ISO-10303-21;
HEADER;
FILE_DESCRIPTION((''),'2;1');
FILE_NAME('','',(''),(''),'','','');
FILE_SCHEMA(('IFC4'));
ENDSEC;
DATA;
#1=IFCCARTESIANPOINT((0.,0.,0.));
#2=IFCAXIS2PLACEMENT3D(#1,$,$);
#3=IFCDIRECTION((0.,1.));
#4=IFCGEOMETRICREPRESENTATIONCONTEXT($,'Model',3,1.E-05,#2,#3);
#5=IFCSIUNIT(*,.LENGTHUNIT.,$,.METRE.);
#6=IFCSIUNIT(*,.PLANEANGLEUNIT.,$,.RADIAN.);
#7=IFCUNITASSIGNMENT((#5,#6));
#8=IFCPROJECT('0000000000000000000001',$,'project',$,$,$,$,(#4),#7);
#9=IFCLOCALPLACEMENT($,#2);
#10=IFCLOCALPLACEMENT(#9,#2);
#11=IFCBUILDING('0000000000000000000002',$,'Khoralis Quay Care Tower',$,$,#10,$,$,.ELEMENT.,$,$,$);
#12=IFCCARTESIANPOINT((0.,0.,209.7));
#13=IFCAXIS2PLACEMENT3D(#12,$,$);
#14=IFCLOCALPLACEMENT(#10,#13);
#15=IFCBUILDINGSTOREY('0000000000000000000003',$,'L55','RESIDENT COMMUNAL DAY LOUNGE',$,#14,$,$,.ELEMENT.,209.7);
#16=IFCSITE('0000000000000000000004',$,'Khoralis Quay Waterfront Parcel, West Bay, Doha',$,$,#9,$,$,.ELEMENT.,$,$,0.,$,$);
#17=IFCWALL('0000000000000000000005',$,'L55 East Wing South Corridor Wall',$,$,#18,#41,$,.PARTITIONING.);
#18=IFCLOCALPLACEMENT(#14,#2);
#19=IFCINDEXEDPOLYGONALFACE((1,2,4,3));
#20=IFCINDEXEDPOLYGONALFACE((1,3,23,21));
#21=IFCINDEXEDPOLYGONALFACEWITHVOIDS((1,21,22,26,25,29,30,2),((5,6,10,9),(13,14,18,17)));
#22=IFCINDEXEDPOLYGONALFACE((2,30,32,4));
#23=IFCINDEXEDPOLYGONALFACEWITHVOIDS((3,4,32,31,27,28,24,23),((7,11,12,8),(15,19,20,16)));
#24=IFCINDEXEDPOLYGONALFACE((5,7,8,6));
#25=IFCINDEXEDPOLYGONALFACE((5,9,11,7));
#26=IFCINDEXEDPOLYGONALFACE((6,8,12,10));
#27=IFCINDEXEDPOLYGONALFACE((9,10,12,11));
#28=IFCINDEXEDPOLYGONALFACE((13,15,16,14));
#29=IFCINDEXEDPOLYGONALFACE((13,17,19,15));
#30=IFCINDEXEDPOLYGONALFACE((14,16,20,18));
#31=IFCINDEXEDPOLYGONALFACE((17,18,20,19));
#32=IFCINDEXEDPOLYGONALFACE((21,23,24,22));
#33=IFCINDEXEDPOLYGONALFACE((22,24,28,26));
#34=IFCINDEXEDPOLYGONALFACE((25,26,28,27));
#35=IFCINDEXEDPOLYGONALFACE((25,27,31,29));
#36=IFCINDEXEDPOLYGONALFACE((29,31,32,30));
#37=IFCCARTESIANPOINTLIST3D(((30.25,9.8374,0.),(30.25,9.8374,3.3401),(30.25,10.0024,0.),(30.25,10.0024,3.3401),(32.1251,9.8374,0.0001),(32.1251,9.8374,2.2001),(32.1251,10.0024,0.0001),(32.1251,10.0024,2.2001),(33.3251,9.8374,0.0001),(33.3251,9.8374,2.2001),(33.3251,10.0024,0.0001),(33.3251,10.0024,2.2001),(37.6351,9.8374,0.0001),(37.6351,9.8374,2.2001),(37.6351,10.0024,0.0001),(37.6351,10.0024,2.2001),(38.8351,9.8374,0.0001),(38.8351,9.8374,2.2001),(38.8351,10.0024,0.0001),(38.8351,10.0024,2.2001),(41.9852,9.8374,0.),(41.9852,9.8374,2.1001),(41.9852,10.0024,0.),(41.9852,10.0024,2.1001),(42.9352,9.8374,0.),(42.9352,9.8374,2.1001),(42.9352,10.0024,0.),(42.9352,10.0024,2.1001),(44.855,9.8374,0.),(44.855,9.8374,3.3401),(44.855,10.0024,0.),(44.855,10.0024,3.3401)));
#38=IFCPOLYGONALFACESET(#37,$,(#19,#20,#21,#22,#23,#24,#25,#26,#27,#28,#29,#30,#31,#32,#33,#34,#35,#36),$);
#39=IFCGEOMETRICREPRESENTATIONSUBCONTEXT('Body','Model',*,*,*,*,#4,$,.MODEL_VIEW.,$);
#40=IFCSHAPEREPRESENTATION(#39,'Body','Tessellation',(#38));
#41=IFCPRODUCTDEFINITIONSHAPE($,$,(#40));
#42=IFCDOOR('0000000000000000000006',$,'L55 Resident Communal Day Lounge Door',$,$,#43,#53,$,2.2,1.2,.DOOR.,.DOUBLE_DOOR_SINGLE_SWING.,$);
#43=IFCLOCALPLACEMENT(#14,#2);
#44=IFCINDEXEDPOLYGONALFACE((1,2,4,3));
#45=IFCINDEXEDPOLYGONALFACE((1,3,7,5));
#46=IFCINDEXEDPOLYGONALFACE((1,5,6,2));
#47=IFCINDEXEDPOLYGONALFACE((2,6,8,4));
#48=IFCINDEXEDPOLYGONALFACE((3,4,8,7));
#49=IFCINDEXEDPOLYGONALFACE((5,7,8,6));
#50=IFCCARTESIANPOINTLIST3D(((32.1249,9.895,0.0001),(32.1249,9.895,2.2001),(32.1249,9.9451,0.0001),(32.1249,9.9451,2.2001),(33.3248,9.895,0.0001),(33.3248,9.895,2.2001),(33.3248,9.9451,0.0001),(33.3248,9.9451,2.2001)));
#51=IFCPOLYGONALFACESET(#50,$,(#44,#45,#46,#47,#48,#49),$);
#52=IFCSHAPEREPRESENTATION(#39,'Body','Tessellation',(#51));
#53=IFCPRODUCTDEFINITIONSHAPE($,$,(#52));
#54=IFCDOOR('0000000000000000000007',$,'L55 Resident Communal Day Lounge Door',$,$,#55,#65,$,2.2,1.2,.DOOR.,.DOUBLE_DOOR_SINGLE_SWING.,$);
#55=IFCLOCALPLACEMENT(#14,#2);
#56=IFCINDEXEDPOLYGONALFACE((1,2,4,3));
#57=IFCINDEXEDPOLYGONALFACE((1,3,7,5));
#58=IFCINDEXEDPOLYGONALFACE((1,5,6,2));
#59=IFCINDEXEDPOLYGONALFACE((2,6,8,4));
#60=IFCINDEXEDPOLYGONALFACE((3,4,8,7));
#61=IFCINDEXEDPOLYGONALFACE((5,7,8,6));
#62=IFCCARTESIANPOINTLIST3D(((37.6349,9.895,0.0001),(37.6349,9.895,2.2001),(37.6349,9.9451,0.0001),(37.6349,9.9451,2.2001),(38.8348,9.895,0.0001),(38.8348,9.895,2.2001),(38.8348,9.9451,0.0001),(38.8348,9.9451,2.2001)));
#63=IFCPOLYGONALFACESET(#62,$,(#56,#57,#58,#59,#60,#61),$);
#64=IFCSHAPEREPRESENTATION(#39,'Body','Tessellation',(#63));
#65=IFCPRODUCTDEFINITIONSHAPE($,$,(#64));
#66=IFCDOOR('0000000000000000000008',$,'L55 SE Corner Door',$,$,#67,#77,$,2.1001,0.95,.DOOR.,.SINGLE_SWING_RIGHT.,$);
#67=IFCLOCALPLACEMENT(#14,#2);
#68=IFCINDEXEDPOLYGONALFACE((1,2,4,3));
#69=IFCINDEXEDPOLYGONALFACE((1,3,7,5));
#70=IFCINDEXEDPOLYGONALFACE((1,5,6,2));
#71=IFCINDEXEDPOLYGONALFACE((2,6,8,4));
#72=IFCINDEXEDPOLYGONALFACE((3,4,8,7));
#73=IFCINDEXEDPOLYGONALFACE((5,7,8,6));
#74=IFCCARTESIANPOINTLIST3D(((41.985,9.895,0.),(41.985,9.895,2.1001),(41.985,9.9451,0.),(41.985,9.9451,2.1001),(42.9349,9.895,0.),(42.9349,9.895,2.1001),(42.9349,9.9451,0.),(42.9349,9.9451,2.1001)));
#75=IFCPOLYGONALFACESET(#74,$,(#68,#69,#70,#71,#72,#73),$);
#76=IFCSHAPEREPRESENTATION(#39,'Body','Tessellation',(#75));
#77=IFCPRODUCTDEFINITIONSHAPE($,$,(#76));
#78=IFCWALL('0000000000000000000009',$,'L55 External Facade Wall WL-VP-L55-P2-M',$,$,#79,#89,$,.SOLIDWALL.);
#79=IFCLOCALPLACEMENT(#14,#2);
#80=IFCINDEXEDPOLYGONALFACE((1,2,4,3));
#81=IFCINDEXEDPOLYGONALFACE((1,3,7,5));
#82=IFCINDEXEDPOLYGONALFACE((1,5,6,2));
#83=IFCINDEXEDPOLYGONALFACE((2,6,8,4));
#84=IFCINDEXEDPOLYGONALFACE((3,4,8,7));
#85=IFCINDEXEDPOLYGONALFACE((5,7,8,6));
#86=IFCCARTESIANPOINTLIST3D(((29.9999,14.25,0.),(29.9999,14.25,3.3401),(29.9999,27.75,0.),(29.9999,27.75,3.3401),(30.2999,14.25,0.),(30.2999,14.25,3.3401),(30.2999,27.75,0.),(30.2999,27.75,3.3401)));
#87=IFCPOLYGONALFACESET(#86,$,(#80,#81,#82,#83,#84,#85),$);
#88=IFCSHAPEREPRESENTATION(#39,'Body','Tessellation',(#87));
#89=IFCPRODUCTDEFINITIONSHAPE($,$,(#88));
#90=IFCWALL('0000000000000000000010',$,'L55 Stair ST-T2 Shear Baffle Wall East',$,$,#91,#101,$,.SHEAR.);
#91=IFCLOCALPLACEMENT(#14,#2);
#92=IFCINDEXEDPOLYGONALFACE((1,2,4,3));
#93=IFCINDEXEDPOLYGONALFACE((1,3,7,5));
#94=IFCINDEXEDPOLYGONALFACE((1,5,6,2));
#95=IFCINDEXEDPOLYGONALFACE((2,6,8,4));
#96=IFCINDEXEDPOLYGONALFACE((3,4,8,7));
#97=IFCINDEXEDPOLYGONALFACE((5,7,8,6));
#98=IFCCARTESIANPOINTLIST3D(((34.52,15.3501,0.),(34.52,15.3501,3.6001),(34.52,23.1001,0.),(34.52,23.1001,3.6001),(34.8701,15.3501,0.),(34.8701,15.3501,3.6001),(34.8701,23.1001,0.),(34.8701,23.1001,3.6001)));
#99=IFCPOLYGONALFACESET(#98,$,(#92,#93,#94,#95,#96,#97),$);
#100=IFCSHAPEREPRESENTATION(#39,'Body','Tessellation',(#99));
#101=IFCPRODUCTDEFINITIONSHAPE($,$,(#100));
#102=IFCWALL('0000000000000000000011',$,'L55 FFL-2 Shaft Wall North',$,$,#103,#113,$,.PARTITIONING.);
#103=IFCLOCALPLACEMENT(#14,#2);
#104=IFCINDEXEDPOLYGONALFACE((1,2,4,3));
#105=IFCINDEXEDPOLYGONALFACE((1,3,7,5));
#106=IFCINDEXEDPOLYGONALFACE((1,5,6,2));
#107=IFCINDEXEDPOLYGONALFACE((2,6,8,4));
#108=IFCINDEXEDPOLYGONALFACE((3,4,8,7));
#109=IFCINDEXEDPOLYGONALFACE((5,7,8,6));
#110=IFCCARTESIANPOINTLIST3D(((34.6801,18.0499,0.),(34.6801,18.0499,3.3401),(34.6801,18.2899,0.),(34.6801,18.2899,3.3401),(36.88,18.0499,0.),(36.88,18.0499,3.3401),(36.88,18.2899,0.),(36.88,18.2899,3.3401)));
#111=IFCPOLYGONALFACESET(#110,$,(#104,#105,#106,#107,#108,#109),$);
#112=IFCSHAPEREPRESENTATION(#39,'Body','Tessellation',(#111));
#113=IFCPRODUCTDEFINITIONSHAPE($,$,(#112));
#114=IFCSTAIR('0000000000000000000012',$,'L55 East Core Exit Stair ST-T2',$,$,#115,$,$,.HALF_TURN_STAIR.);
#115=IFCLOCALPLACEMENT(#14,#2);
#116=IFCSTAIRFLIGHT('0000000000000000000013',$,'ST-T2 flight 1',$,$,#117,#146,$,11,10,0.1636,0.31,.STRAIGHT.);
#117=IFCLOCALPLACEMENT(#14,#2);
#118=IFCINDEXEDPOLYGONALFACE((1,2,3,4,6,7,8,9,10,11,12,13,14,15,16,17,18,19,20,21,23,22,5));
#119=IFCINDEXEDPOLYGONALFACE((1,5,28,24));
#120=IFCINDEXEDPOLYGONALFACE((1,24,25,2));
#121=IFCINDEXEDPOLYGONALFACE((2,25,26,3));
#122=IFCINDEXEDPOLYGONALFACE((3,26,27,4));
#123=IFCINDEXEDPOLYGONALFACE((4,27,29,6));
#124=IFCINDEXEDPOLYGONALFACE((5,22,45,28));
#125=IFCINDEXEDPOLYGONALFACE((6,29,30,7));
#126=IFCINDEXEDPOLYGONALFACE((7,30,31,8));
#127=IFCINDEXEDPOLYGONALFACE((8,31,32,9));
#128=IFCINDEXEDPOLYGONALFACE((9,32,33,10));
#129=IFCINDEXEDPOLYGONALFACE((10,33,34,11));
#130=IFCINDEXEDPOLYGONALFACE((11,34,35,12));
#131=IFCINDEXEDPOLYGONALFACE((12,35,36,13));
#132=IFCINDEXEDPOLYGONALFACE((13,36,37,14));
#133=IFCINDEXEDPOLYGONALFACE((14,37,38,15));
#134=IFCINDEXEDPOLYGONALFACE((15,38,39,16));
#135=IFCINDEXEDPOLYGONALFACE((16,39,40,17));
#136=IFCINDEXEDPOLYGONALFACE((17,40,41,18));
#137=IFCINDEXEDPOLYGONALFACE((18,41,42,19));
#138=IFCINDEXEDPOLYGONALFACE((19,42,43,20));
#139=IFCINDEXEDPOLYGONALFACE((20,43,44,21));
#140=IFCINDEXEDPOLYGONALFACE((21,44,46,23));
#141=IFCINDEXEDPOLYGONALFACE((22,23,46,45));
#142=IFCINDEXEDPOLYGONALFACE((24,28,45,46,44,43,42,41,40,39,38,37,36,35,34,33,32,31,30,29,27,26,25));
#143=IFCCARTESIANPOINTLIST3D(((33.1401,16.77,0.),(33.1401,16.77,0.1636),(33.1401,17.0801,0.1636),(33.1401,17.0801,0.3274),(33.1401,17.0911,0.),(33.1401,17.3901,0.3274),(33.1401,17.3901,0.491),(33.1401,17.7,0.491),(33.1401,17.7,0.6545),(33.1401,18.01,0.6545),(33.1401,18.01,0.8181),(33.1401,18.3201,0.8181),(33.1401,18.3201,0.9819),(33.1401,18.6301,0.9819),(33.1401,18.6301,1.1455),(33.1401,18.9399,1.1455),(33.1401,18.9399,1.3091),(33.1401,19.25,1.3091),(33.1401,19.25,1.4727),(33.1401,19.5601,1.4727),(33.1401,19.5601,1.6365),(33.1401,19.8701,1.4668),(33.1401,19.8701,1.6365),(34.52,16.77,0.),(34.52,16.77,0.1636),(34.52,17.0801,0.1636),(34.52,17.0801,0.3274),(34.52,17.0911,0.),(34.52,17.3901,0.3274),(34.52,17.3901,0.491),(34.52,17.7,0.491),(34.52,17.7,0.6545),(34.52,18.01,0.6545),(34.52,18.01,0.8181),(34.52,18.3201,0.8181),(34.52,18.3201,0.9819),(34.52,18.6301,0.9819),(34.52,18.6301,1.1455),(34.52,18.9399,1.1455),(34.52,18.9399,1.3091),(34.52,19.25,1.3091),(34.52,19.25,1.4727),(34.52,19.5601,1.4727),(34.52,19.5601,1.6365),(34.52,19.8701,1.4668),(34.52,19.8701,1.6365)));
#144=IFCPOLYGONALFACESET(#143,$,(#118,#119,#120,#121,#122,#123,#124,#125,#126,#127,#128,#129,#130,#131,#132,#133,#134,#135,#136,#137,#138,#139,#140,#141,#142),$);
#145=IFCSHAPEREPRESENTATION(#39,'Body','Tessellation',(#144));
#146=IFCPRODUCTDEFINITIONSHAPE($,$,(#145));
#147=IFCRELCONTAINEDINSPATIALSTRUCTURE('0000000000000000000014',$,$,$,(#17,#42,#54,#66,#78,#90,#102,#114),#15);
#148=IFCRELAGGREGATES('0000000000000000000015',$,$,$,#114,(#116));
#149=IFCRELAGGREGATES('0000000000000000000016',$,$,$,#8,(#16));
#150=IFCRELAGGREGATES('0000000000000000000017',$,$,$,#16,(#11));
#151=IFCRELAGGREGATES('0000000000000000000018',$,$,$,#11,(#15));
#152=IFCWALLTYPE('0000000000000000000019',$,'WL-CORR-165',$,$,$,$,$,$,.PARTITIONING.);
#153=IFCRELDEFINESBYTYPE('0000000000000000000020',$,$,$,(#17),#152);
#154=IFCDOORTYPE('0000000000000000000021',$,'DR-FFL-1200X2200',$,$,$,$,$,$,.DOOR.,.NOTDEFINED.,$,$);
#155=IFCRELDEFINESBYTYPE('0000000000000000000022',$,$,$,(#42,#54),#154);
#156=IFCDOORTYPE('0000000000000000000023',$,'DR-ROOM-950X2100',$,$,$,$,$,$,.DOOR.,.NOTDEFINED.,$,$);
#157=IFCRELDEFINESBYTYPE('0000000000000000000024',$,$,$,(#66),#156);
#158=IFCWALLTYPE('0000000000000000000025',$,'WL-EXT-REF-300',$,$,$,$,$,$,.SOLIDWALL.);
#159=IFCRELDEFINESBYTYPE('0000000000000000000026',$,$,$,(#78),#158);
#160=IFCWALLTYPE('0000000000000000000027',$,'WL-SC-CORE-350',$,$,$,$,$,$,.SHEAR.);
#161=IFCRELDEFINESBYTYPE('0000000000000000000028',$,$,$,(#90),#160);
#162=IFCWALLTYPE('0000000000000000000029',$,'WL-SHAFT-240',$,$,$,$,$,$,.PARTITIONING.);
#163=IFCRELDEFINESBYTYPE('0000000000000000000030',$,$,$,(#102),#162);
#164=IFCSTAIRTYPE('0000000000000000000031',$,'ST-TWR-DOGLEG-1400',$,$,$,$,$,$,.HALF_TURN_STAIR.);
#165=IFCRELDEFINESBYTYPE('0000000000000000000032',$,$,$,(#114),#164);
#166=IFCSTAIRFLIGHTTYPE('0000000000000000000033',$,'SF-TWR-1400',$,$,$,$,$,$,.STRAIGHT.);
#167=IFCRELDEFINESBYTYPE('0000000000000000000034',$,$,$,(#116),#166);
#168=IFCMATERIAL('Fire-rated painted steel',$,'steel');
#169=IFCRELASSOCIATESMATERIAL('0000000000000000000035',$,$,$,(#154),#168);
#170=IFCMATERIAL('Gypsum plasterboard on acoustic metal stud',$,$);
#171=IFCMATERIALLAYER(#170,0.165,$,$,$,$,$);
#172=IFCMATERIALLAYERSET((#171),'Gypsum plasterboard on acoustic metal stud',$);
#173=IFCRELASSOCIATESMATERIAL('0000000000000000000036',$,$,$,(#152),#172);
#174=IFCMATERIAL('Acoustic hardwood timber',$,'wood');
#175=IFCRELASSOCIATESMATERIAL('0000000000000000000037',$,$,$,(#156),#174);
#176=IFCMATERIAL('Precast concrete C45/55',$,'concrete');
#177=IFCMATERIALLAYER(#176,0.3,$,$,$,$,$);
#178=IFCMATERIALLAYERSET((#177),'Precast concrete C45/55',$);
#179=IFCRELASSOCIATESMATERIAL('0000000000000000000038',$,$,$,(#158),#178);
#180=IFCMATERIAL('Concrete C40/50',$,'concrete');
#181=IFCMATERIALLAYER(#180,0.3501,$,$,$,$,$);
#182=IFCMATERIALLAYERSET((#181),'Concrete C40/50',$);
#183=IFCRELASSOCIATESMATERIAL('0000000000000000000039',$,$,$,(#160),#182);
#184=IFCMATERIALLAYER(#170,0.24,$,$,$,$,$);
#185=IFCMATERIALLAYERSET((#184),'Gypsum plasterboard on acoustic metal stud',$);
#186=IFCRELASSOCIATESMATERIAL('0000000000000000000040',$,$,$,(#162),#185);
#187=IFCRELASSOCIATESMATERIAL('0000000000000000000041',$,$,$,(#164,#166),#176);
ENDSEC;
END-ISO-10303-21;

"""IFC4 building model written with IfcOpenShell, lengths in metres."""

from ifc_helpers import new_model, si_unit, direction, frame, frame_2d, origin, place, context, subcontext, project, spatial, polyline, rectangle, outline, extrude, source, transform, mapped, material, layer, layer_set, type_object, element, fill, aggregate, save


model = new_model("IFC4")

# Units and contexts
model_context = context("Model", 3, precision=1e-05, world=origin(), true_north=direction((0.0, 1.0)))
body_context = subcontext(model_context, "Body", "Model", "MODEL_VIEW")
ifc_project = project(units=[si_unit("LENGTHUNIT", "METRE"), si_unit("PLANEANGLEUNIT", "RADIAN")], contexts=[model_context])

# Site, building, storey
site_placement = place(None, origin())
site = spatial("IfcSite", under=ifc_project, at=site_placement, Name="Khoralis Quay Waterfront Parcel, West Bay, Doha", CompositionType="ELEMENT", RefElevation=0.0)
building_placement = place(site_placement, origin())
building = spatial("IfcBuilding", under=site, at=building_placement, Name="Khoralis Quay Care Tower", CompositionType="ELEMENT")
storey_placement = place(building_placement, frame((0.0, 0.0, 209.7)))
storey = spatial("IfcBuildingStorey", under=building, at=storey_placement, Name="L55", Description="RESIDENT COMMUNAL DAY LOUNGE", CompositionType="ELEMENT", Elevation=209.7)

# Shared definitions
ifc_material_1 = material(Name="Gypsum plasterboard on acoustic metal stud")
ifc_material_2 = material(Name="Fire-rated painted steel", Category="steel")
door_type_1 = type_object("IfcDoorType", Name="DR-FFL-1200X2200", OperationType="NOTDEFINED", PredefinedType="DOOR", material=ifc_material_2)
shared_shape_1 = source(origin(), body_context, "Body", "SweptSolid", [
    extrude(rectangle(XDim=1.2, YDim=2.2, at=frame_2d((0.6001, 1.1001))), frame((0.0, 0.0249, 0.0), z_axis=(0.0, -1.0, 0.0), x_axis=(1.0, 0.0, 0.0)), (0.0, 0.0, 1.0), 0.05),
])

# Wall, openings, doors
ifc_layer_1 = layer(ifc_material_1, 0.165)
ifc_layer_set_1 = layer_set([ifc_layer_1], Name="Gypsum plasterboard on acoustic metal stud")
wall_type_1 = type_object("IfcWallType", Name="WL-CORR-165", PredefinedType="PARTITIONING", material=ifc_layer_set_1)
wall_1_placement = place(storey_placement, frame((30.25, 9.9199, 0.0), z_axis=(0.0, 0.0, 1.0), x_axis=(1.0, 0.0, 0.0)))
wall_1 = element("IfcWall", 1, at=wall_1_placement, inside=storey, type_object=wall_type_1, Name="L55 East Wing South Corridor Wall", PredefinedType="PARTITIONING", context=body_context, shape_type="SweptSolid", body=[
    extrude(rectangle(XDim=14.605, YDim=0.165, at=frame_2d((7.3025, 0.0))), origin(), (0.0, 0.0, 1.0), 3.3401),
])
opening_1_placement = place(wall_1_placement, frame((1.875, 0.0, 0.0)))
opening_1 = element("IfcOpeningElement", 2, at=opening_1_placement, cuts=wall_1, PredefinedType="OPENING", context=body_context, shape_type="SweptSolid", body=[
    extrude(rectangle(XDim=1.2, YDim=2.2, at=frame_2d((0.6001, 1.1001))), frame((0.0, 0.0925, 0.0), z_axis=(0.0, -1.0, 0.0), x_axis=(1.0, 0.0, 0.0)), (0.0, 0.0, 1.0), 0.1851),
])
opening_2_placement = place(wall_1_placement, frame((7.385, 0.0, 0.0)))
opening_2 = element("IfcOpeningElement", 3, at=opening_2_placement, cuts=wall_1, PredefinedType="OPENING", context=body_context, shape_type="SweptSolid", body=[
    extrude(rectangle(XDim=1.2, YDim=2.2, at=frame_2d((0.6001, 1.1001))), frame((0.0, 0.0925, 0.0), z_axis=(0.0, -1.0, 0.0), x_axis=(1.0, 0.0, 0.0)), (0.0, 0.0, 1.0), 0.1851),
])
opening_3_placement = place(wall_1_placement, frame((11.7351, 0.0, 0.0)))
opening_3 = element("IfcOpeningElement", 4, at=opening_3_placement, cuts=wall_1, PredefinedType="OPENING", context=body_context, shape_type="SweptSolid", body=[
    extrude(rectangle(XDim=0.95, YDim=2.1001, at=frame_2d((0.4751, 1.05))), frame((0.0, 0.0925, 0.0), z_axis=(0.0, -1.0, 0.0), x_axis=(1.0, 0.0, 0.0)), (0.0, 0.0, 1.0), 0.1851),
])
door_1_placement = place(opening_1_placement, frame((1.2, 0.0, 0.0), z_axis=(0.0, 0.0, 1.0), x_axis=(-1.0, 0.0, 0.0)))
door_1 = element("IfcDoor", 5, at=door_1_placement, inside=storey, type_object=door_type_1, Name="L55 Resident Communal Day Lounge Door", OperationType="DOUBLE_DOOR_SINGLE_SWING", OverallHeight=2.2, OverallWidth=1.2, PredefinedType="DOOR", context=body_context, shape_type="MappedRepresentation", body=[
    mapped(shared_shape_1, transform((0.0, 0.0, 0.0), scale=1.0)),
])
fill(opening_1, door_1)
door_2_placement = place(opening_2_placement, frame((1.2, 0.0, 0.0), z_axis=(0.0, 0.0, 1.0), x_axis=(-1.0, 0.0, 0.0)))
door_2 = element("IfcDoor", 6, at=door_2_placement, inside=storey, type_object=door_type_1, Name="L55 Resident Communal Day Lounge Door", OperationType="DOUBLE_DOOR_SINGLE_SWING", OverallHeight=2.2, OverallWidth=1.2, PredefinedType="DOOR", context=body_context, shape_type="MappedRepresentation", body=[
    mapped(shared_shape_1, transform((0.0, 0.0, 0.0), scale=1.0)),
])
fill(opening_2, door_2)
ifc_material_3 = material(Name="Acoustic hardwood timber", Category="wood")
door_type_2 = type_object("IfcDoorType", Name="DR-ROOM-950X2100", OperationType="NOTDEFINED", PredefinedType="DOOR", material=ifc_material_3)
shared_shape_2 = source(origin(), body_context, "Body", "SweptSolid", [
    extrude(rectangle(XDim=0.95, YDim=2.1001, at=frame_2d((0.4751, 1.05))), frame((0.0, 0.0249, 0.0), z_axis=(0.0, -1.0, 0.0), x_axis=(1.0, 0.0, 0.0)), (0.0, 0.0, 1.0), 0.05),
])
door_3_placement = place(opening_3_placement, frame((0.95, 0.0, 0.0), z_axis=(0.0, 0.0, 1.0), x_axis=(-1.0, 0.0, 0.0)))
door_3 = element("IfcDoor", 7, at=door_3_placement, inside=storey, type_object=door_type_2, Name="L55 SE Corner Door", OperationType="SINGLE_SWING_RIGHT", OverallHeight=2.1001, OverallWidth=0.95, PredefinedType="DOOR", context=body_context, shape_type="MappedRepresentation", body=[
    mapped(shared_shape_2, transform((0.0, 0.0, 0.0), scale=1.0)),
])
fill(opening_3, door_3)

# Walls
ifc_material_4 = material(Name="Precast concrete C45/55", Category="concrete")
ifc_layer_2 = layer(ifc_material_4, 0.3)
ifc_layer_set_2 = layer_set([ifc_layer_2], Name="Precast concrete C45/55")
wall_type_2 = type_object("IfcWallType", Name="WL-EXT-REF-300", PredefinedType="SOLIDWALL", material=ifc_layer_set_2)
wall_2_placement = place(storey_placement, frame((30.1499, 14.25, 0.0), z_axis=(0.0, 0.0, 1.0), x_axis=(0.0, 1.0, 0.0)))
element("IfcWall", 8, at=wall_2_placement, inside=storey, type_object=wall_type_2, Name="L55 External Facade Wall WL-VP-L55-P2-M", PredefinedType="SOLIDWALL", context=body_context, shape_type="SweptSolid", body=[
    extrude(rectangle(XDim=13.5, YDim=0.3, at=frame_2d((6.75, 0.0))), origin(), (0.0, 0.0, 1.0), 3.3401),
])
ifc_material_5 = material(Name="Concrete C40/50", Category="concrete")
ifc_layer_3 = layer(ifc_material_5, 0.3501)
ifc_layer_set_3 = layer_set([ifc_layer_3], Name="Concrete C40/50")
wall_type_3 = type_object("IfcWallType", Name="WL-SC-CORE-350", PredefinedType="SHEAR", material=ifc_layer_set_3)
wall_3_placement = place(storey_placement, frame((34.6951, 15.3501, 0.0), z_axis=(0.0, 0.0, 1.0), x_axis=(0.0, 1.0, 0.0)))
element("IfcWall", 9, at=wall_3_placement, inside=storey, type_object=wall_type_3, Name="L55 Stair ST-T2 Shear Baffle Wall East", PredefinedType="SHEAR", context=body_context, shape_type="SweptSolid", body=[
    extrude(rectangle(XDim=7.75, YDim=0.3501, at=frame_2d((3.875, 0.0))), origin(), (0.0, 0.0, 1.0), 3.6001),
])
ifc_layer_4 = layer(ifc_material_1, 0.24)
ifc_layer_set_4 = layer_set([ifc_layer_4], Name="Gypsum plasterboard on acoustic metal stud")
wall_type_4 = type_object("IfcWallType", Name="WL-SHAFT-240", PredefinedType="PARTITIONING", material=ifc_layer_set_4)
wall_4_placement = place(storey_placement, frame((34.6799, 18.1699, 0.0), z_axis=(0.0, 0.0, 1.0), x_axis=(1.0, 0.0, 0.0)))
element("IfcWall", 10, at=wall_4_placement, inside=storey, type_object=wall_type_4, Name="L55 FFL-2 Shaft Wall North", PredefinedType="PARTITIONING", context=body_context, shape_type="SweptSolid", body=[
    extrude(rectangle(XDim=2.2, YDim=0.24, at=frame_2d((1.1001, 0.0))), origin(), (0.0, 0.0, 1.0), 3.3401),
])

# Stair, stair flight
stair_type = type_object("IfcStairType", Name="ST-TWR-DOGLEG-1400", PredefinedType="HALF_TURN_STAIR", material=ifc_material_4)
stair_placement = place(storey_placement, origin())
stair = element("IfcStair", 11, at=stair_placement, inside=storey, type_object=stair_type, Name="L55 East Core Exit Stair ST-T2", PredefinedType="HALF_TURN_STAIR")
stair_flight_type = type_object("IfcStairFlightType", Name="SF-TWR-1400", PredefinedType="STRAIGHT", material=ifc_material_4)
shared_shape_3 = source(origin(), body_context, "Body", "SweptSolid", [
    extrude(outline(polyline([(0.0, 0.0), (0.0, 0.1636), (0.3101, 0.1636), (0.3101, 0.3274), (0.6201, 0.3274), (0.6201, 0.491), (0.9299, 0.491), (0.9299, 0.6545), (1.24, 0.6545), (1.24, 0.8181), (1.55, 0.8181), (1.55, 0.9819), (1.8601, 0.9819), (1.8601, 1.1455), (2.1699, 1.1455), (2.1699, 1.3091), (2.48, 1.3091), (2.48, 1.4727), (2.79, 1.4727), (2.79, 1.6365), (3.1001, 1.6365), (3.1001, 1.8), (3.1001, 1.4668), (0.321, 0.0), (0.0, 0.0)])), frame((0.0, 0.6899, 0.0), z_axis=(0.0, -1.0, 0.0), x_axis=(1.0, 0.0, 0.0)), (0.0, 0.0, 1.0), 1.3799),
])
stair_flight_placement = place(storey_placement, frame((33.8301, 16.77, 0.0), z_axis=(0.0, 0.0, 1.0), x_axis=(0.0, 1.0, 0.0)))
stair_flight = element("IfcStairFlight", 12, at=stair_flight_placement, type_object=stair_flight_type, Name="ST-T2 flight 1", NumberOfRisers=11, NumberOfTreads=10, PredefinedType="STRAIGHT", RiserHeight=0.1636, TreadLength=0.31, context=body_context, shape_type="MappedRepresentation", body=[
    mapped(shared_shape_3, transform((0.0, 0.0, 0.0), scale=1.0)),
])
aggregate(stair, [stair_flight])

save(model, "model.ifc")
